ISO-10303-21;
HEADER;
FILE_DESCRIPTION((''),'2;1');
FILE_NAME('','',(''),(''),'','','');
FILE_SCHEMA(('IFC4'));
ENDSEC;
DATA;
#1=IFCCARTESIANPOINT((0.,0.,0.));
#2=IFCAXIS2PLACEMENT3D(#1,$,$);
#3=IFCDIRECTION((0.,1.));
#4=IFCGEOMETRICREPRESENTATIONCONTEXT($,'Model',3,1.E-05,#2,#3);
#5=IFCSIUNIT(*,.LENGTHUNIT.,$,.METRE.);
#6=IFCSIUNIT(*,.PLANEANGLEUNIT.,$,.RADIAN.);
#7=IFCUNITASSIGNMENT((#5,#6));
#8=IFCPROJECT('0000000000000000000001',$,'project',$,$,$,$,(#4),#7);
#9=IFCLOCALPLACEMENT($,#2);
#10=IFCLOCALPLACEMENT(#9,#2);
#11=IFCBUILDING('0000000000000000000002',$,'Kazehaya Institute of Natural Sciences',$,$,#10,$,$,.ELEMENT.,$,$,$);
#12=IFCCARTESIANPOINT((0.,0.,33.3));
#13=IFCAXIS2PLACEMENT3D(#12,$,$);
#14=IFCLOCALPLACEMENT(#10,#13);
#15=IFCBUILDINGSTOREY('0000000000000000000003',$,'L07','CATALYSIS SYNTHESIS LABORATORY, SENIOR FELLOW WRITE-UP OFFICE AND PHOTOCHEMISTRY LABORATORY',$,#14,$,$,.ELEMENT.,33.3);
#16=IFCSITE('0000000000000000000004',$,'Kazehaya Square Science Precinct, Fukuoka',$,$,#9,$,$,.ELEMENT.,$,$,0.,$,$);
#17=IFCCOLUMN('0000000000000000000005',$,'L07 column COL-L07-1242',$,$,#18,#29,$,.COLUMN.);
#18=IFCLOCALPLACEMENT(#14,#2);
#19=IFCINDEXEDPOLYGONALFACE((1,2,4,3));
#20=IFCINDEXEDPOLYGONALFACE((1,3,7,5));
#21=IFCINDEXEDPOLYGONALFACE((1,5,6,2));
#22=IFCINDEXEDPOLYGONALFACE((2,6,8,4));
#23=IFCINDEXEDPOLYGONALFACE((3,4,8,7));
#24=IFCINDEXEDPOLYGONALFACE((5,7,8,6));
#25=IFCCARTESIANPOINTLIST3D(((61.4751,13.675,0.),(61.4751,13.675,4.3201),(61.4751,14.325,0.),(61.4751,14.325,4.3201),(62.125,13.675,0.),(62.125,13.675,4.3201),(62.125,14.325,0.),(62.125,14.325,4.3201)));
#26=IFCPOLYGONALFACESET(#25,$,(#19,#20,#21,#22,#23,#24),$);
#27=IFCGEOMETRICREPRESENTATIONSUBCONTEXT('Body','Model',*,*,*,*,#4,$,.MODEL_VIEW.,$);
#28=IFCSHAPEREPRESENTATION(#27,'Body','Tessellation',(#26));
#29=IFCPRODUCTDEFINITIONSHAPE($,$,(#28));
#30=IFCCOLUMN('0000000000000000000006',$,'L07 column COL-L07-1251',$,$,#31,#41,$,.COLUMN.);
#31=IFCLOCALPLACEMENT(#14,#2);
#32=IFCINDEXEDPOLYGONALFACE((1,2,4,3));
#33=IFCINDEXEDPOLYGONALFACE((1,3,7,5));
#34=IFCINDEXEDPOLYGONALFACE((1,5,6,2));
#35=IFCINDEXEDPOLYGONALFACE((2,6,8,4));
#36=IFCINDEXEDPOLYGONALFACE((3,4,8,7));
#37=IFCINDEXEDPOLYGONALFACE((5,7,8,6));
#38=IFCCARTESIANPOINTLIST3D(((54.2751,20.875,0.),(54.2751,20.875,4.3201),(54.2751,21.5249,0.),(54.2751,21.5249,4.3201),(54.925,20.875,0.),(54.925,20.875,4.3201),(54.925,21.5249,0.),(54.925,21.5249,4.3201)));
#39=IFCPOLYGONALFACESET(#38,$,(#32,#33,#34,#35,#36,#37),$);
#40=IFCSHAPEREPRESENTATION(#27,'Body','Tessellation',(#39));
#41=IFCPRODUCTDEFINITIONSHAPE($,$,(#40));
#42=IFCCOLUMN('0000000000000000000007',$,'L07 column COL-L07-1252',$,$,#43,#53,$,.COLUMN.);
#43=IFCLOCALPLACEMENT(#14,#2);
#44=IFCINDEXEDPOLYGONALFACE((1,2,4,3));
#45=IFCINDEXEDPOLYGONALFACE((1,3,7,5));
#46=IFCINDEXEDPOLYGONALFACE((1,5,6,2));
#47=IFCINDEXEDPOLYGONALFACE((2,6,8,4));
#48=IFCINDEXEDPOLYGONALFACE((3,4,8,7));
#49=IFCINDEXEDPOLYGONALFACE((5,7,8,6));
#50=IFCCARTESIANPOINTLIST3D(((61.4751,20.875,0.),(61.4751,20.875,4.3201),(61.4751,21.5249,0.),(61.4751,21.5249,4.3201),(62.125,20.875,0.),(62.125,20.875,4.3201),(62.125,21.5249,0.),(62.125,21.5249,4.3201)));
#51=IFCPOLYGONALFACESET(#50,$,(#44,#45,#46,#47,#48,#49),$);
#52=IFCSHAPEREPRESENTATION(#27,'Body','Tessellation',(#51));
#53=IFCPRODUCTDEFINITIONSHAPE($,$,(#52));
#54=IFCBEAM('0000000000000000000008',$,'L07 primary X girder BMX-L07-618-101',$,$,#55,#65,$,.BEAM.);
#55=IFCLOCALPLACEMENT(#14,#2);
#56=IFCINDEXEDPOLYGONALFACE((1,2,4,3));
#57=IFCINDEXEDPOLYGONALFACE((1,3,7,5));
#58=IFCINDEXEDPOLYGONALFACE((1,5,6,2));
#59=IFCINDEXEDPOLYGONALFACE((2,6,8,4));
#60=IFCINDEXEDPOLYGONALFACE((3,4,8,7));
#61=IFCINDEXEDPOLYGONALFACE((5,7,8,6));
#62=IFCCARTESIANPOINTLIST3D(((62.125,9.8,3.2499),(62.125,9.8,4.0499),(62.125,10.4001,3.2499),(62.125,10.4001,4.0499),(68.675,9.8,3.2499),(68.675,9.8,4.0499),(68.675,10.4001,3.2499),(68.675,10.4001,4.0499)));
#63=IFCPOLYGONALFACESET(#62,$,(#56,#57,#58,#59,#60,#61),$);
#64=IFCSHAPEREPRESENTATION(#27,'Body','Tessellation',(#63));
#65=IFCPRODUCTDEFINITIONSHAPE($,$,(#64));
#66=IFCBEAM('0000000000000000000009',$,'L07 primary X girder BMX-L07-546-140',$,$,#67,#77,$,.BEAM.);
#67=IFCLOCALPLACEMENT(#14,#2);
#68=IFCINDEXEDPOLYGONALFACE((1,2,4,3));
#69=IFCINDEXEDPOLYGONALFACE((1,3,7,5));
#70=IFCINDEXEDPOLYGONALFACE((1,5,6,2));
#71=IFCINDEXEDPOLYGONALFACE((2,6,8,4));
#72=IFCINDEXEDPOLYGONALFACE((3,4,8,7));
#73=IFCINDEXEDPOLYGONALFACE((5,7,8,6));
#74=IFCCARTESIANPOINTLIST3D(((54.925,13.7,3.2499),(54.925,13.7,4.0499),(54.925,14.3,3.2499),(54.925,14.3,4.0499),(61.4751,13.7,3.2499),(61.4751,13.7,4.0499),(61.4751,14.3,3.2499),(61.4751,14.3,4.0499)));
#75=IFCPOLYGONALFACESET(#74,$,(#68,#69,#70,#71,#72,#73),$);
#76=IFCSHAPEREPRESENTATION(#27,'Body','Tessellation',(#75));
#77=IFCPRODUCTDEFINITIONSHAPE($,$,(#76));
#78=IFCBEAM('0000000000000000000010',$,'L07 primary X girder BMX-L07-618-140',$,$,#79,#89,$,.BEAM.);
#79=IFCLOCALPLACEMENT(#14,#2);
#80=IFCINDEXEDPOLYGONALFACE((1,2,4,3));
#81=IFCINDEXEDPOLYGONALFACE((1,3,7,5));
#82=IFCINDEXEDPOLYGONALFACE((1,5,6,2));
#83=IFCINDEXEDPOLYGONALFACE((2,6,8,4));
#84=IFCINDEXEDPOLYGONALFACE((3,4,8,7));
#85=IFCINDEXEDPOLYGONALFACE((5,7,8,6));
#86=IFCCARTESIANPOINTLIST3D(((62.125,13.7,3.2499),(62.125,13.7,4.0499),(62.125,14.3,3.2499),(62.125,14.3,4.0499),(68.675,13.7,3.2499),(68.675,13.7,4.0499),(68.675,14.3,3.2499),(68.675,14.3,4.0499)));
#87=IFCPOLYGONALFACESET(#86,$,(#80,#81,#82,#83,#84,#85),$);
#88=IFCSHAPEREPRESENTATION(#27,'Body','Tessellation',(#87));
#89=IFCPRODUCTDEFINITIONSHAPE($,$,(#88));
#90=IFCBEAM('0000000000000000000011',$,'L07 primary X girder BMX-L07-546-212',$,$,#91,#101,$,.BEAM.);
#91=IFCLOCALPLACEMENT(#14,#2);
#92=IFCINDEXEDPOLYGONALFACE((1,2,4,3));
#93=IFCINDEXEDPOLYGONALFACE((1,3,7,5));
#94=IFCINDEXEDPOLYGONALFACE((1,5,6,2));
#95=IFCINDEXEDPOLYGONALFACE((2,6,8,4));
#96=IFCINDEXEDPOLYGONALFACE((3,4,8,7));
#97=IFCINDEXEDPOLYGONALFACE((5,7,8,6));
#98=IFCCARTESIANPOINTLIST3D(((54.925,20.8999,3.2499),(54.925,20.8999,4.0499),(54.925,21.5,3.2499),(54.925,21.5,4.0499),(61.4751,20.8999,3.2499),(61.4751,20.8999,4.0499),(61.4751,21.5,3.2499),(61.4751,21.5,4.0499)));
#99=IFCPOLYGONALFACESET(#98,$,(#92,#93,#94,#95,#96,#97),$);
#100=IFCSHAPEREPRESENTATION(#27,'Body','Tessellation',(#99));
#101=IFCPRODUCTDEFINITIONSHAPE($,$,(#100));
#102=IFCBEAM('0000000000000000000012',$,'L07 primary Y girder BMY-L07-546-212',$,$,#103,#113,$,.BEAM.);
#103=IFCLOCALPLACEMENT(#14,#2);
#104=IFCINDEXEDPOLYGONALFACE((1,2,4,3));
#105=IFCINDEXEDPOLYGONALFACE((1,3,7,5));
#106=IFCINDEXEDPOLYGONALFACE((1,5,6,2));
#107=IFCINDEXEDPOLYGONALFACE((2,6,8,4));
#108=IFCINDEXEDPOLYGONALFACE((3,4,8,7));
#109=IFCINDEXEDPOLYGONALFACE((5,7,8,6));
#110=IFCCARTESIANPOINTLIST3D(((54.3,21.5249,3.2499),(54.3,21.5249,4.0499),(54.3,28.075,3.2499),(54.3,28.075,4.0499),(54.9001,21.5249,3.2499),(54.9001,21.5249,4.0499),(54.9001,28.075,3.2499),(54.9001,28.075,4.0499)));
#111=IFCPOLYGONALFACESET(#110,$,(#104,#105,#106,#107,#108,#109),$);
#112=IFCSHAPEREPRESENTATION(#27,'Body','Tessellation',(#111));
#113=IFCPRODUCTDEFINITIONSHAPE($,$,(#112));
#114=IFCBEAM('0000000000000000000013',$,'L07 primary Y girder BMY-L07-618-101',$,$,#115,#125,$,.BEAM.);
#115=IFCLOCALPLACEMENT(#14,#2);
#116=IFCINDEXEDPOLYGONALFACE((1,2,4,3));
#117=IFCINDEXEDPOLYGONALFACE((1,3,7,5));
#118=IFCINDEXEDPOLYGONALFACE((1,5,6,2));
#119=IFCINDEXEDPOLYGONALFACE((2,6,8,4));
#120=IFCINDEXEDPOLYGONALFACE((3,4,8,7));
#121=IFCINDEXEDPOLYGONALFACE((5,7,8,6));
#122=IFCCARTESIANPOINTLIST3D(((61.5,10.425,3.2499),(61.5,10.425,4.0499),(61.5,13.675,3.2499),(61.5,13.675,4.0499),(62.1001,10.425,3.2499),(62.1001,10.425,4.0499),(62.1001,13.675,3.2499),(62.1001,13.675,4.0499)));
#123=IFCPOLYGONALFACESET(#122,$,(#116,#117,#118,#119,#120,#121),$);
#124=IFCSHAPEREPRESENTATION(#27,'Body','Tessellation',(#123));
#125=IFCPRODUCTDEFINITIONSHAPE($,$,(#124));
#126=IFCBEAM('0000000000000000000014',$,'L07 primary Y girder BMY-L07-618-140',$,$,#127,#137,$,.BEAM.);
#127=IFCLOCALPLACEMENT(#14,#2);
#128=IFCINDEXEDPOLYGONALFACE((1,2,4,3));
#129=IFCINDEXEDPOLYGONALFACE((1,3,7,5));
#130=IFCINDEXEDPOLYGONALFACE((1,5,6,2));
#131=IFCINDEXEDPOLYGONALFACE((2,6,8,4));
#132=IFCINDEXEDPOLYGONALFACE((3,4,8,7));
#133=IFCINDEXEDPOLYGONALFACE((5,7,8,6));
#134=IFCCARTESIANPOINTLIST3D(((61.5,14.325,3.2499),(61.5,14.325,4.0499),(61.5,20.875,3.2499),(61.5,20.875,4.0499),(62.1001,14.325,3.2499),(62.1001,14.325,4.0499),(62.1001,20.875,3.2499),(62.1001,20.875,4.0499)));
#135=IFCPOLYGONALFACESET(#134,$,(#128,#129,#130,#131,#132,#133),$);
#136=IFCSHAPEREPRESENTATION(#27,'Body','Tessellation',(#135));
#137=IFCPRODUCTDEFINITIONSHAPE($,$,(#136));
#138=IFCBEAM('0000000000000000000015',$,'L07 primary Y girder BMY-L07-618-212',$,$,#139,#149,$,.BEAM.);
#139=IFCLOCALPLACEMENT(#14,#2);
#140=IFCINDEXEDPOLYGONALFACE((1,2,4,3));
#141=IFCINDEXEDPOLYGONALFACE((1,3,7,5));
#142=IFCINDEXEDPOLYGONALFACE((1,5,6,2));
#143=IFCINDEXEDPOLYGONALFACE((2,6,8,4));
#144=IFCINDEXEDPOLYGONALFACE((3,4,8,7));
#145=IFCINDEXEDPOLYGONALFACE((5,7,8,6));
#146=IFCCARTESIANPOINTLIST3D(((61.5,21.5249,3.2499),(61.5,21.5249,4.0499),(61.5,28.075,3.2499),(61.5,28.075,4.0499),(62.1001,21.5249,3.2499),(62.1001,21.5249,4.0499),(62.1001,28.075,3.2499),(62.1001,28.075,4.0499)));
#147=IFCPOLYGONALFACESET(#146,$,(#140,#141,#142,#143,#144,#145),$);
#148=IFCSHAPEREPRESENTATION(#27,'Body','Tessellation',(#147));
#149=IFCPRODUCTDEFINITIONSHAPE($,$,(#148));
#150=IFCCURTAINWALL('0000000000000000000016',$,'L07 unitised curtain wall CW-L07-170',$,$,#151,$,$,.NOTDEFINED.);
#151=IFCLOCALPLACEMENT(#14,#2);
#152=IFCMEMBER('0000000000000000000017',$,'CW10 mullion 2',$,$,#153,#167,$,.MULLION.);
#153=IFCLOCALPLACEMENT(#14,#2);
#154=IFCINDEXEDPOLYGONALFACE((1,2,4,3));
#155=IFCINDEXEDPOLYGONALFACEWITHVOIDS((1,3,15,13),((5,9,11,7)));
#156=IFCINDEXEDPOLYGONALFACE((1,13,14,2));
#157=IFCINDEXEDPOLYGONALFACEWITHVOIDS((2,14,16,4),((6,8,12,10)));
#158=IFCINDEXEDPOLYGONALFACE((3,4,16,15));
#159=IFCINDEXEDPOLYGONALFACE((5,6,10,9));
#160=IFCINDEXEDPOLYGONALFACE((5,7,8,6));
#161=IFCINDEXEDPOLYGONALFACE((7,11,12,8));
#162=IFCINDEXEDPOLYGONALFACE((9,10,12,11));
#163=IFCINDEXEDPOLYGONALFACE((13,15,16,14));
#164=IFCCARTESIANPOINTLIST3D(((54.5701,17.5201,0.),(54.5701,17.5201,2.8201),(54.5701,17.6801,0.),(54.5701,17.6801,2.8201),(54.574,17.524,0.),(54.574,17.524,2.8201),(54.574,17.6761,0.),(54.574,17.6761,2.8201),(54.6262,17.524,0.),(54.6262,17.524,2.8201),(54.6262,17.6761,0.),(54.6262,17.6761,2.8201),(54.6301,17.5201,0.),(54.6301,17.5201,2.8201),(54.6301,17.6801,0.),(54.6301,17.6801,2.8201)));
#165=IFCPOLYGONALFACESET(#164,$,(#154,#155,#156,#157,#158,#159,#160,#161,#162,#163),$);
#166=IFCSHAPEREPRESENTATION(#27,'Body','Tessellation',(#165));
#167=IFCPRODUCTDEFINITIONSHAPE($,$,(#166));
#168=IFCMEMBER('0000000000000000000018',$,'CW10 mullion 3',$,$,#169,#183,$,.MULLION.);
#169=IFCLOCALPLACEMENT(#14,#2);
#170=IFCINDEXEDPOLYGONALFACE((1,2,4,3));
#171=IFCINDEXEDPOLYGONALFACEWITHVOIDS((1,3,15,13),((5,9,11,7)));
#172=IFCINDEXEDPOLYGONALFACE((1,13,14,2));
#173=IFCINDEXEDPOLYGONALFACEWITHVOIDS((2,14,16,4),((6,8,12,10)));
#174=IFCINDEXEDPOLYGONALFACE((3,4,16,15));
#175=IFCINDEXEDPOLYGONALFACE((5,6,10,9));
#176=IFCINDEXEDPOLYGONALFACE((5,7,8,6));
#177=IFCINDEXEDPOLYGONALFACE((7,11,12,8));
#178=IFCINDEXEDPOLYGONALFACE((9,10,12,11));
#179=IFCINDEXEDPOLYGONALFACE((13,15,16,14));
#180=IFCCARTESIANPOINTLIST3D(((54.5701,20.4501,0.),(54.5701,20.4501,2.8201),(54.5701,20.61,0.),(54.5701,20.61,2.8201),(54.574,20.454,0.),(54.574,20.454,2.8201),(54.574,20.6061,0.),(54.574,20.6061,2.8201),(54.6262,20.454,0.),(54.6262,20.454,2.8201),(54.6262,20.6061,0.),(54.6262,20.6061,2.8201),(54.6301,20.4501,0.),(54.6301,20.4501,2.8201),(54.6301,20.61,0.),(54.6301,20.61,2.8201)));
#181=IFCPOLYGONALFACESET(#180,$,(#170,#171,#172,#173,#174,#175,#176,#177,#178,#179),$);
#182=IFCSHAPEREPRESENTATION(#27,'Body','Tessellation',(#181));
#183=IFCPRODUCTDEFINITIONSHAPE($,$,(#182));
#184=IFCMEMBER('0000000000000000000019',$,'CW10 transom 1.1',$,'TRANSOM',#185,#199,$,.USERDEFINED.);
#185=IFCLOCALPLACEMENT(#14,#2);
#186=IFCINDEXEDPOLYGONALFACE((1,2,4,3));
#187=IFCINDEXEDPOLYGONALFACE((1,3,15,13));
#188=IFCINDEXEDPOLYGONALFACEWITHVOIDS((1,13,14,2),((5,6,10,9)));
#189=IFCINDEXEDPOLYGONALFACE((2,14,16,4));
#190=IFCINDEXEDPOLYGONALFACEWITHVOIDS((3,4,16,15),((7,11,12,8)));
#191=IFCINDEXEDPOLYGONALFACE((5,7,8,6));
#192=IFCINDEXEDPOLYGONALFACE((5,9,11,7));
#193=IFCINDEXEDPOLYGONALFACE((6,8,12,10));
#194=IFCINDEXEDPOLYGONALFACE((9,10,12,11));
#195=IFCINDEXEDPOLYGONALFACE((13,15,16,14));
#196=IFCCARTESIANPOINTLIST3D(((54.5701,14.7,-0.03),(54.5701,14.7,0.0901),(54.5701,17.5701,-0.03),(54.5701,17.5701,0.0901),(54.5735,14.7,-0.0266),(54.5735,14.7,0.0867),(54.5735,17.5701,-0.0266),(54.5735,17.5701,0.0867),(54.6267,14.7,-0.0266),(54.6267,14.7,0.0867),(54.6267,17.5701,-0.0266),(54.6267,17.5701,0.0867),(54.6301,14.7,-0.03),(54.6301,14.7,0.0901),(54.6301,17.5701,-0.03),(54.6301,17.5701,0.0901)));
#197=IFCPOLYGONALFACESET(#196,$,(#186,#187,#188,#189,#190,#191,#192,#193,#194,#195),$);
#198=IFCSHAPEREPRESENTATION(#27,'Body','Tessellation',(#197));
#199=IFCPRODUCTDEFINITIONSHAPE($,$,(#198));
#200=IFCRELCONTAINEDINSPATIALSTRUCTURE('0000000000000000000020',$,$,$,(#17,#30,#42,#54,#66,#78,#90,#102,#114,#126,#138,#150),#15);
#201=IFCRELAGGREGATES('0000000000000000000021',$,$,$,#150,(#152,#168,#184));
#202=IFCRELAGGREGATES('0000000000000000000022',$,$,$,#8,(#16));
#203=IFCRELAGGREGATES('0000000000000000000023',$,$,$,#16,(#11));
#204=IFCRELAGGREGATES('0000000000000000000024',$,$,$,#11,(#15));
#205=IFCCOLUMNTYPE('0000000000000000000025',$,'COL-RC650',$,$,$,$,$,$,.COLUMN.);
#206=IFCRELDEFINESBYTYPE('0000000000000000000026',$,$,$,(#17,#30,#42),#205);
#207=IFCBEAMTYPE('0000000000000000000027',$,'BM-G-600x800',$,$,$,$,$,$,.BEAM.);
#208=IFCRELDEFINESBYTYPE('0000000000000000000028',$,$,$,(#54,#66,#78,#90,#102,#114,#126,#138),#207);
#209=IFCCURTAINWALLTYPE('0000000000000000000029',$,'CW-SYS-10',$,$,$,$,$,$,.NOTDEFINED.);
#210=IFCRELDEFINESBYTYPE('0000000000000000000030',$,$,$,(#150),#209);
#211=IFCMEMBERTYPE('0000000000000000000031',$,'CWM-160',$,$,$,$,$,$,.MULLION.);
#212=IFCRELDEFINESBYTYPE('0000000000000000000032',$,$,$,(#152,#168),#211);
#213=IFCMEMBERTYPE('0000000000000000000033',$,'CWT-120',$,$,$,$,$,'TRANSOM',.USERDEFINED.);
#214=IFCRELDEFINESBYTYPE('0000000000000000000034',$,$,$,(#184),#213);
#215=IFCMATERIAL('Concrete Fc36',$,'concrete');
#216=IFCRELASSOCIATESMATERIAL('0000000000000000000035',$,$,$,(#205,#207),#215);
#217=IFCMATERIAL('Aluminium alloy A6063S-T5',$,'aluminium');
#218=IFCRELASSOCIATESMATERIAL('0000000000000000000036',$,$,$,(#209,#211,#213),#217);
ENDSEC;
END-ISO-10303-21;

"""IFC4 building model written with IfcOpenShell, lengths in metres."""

from ifc_helpers import new_model, si_unit, direction, frame, origin, origin_2d, place, context, subcontext, project, spatial, rectangle, hollow_rectangle, extrude, material, material_profile, profile_set, type_object, element, aggregate, save


model = new_model("IFC4")

# Units and contexts
model_context = context("Model", 3, precision=1e-05, world=origin(), true_north=direction((0.0, 1.0)))
body_context = subcontext(model_context, "Body", "Model", "MODEL_VIEW")
ifc_project = project(units=[si_unit("LENGTHUNIT", "METRE"), si_unit("PLANEANGLEUNIT", "RADIAN")], contexts=[model_context])

# Site, building, storey
site_placement = place(None, origin())
site = spatial("IfcSite", under=ifc_project, at=site_placement, Name="Kazehaya Square Science Precinct, Fukuoka", CompositionType="ELEMENT", RefElevation=0.0)
building_placement = place(site_placement, origin())
building = spatial("IfcBuilding", under=site, at=building_placement, Name="Kazehaya Institute of Natural Sciences", CompositionType="ELEMENT")
storey_placement = place(building_placement, frame((0.0, 0.0, 33.3)))
storey = spatial("IfcBuildingStorey", under=building, at=storey_placement, Name="L07", Description="CATALYSIS SYNTHESIS LABORATORY, SENIOR FELLOW WRITE-UP OFFICE AND PHOTOCHEMISTRY LABORATORY", CompositionType="ELEMENT", Elevation=33.3)

# Columns
ifc_material_1 = material(Name="Concrete Fc36", Category="concrete")
ifc_material_profile_1 = material_profile(ifc_material_1, rectangle(XDim=0.6499, YDim=0.6499, at=origin_2d()), Name="RC-650x650")
ifc_profile_set_1 = profile_set([ifc_material_profile_1], Name="Concrete Fc36")
column_type = type_object("IfcColumnType", Name="COL-RC650", PredefinedType="COLUMN", material=ifc_profile_set_1)
for number, where, z_axis, x_axis, name in (
    (1, (61.8, 14.0, 0.0), (0.0, 0.0, 1.0), (1.0, 0.0, 0.0), "L07 column COL-L07-1242"),
    (2, (54.6001, 21.2, 0.0), (0.0, 0.0, 1.0), (1.0, 0.0, 0.0), "L07 column COL-L07-1251"),
    (3, (61.8, 21.2, 0.0), (0.0, 0.0, 1.0), (1.0, 0.0, 0.0), "L07 column COL-L07-1252"),
):
    element("IfcColumn", number, at=place(storey_placement, frame(where, z_axis=z_axis, x_axis=x_axis)), inside=storey, type_object=column_type, Name=name, PredefinedType="COLUMN", context=body_context, shape_type="SweptSolid", body=[
        extrude(rectangle(XDim=0.6499, YDim=0.6499, at=origin_2d()), origin(), (0.0, 0.0, 1.0), 4.3201),
    ])

# Beams
ifc_material_profile_2 = material_profile(ifc_material_1, rectangle(XDim=0.6001, YDim=0.8, at=origin_2d()), Name="RC-600x800")
ifc_profile_set_2 = profile_set([ifc_material_profile_2], Name="Concrete Fc36")
beam_type = type_object("IfcBeamType", Name="BM-G-600x800", PredefinedType="BEAM", material=ifc_profile_set_2)
for number, where, z_axis, x_axis, name in (
    (4, (62.125, 10.1001, 3.6499), (1.0, 0.0, 0.0), (0.0, 1.0, 0.0), "L07 primary X girder BMX-L07-618-101"),
    (5, (54.925, 14.0, 3.6499), (1.0, 0.0, 0.0), (0.0, 1.0, 0.0), "L07 primary X girder BMX-L07-546-140"),
    (6, (62.125, 14.0, 3.6499), (1.0, 0.0, 0.0), (0.0, 1.0, 0.0), "L07 primary X girder BMX-L07-618-140"),
    (7, (54.925, 21.2, 3.6499), (1.0, 0.0, 0.0), (0.0, 1.0, 0.0), "L07 primary X girder BMX-L07-546-212"),
    (8, (54.6001, 21.5249, 3.6499), (0.0, 1.0, 0.0), (-1.0, 0.0, 0.0), "L07 primary Y girder BMY-L07-546-212"),
):
    element("IfcBeam", number, at=place(storey_placement, frame(where, z_axis=z_axis, x_axis=x_axis)), inside=storey, type_object=beam_type, Name=name, PredefinedType="BEAM", context=body_context, shape_type="SweptSolid", body=[
        extrude(rectangle(XDim=0.6001, YDim=0.8, at=origin_2d()), origin(), (0.0, 0.0, 1.0), 6.55),
    ])
beam_placement = place(storey_placement, frame((61.8, 10.425, 3.6499), z_axis=(0.0, 1.0, 0.0), x_axis=(-1.0, 0.0, 0.0)))
element("IfcBeam", 9, at=beam_placement, inside=storey, type_object=beam_type, Name="L07 primary Y girder BMY-L07-618-101", PredefinedType="BEAM", context=body_context, shape_type="SweptSolid", body=[
    extrude(rectangle(XDim=0.6001, YDim=0.8, at=origin_2d()), origin(), (0.0, 0.0, 1.0), 3.25),
])
for number, where, z_axis, x_axis, name in (
    (10, (61.8, 14.325, 3.6499), (0.0, 1.0, 0.0), (-1.0, 0.0, 0.0), "L07 primary Y girder BMY-L07-618-140"),
    (11, (61.8, 21.5249, 3.6499), (0.0, 1.0, 0.0), (-1.0, 0.0, 0.0), "L07 primary Y girder BMY-L07-618-212"),
):
    element("IfcBeam", number, at=place(storey_placement, frame(where, z_axis=z_axis, x_axis=x_axis)), inside=storey, type_object=beam_type, Name=name, PredefinedType="BEAM", context=body_context, shape_type="SweptSolid", body=[
        extrude(rectangle(XDim=0.6001, YDim=0.8, at=origin_2d()), origin(), (0.0, 0.0, 1.0), 6.55),
    ])

# Curtain wall, members
ifc_material_2 = material(Name="Aluminium alloy A6063S-T5", Category="aluminium")
curtain_wall_type = type_object("IfcCurtainWallType", Name="CW-SYS-10", PredefinedType="NOTDEFINED", material=ifc_material_2)
curtain_wall_placement = place(storey_placement, origin())
curtain_wall = element("IfcCurtainWall", 12, at=curtain_wall_placement, inside=storey, type_object=curtain_wall_type, Name="L07 unitised curtain wall CW-L07-170", PredefinedType="NOTDEFINED")
ifc_material_profile_3 = material_profile(ifc_material_2, hollow_rectangle(XDim=0.0601, YDim=0.1599, WallThickness=0.0039, at=origin_2d()), Name="ALU-60x160x4")
ifc_profile_set_3 = profile_set([ifc_material_profile_3], Name="Aluminium alloy A6063S-T5")
member_type_1 = type_object("IfcMemberType", Name="CWM-160", PredefinedType="MULLION", material=ifc_profile_set_3)
member_1_placement = place(storey_placement, frame((54.6001, 17.6001, 0.0), z_axis=(0.0, 0.0, 1.0), x_axis=(-1.0, 0.0, 0.0)))
member_1 = element("IfcMember", 13, at=member_1_placement, type_object=member_type_1, Name="CW10 mullion 2", PredefinedType="MULLION", context=body_context, shape_type="SweptSolid", body=[
    extrude(hollow_rectangle(XDim=0.0601, YDim=0.1599, WallThickness=0.0039, at=origin_2d()), origin(), (0.0, 0.0, 1.0), 2.8201),
])
member_2_placement = place(storey_placement, frame((54.6001, 20.53, 0.0), z_axis=(0.0, 0.0, 1.0), x_axis=(-1.0, 0.0, 0.0)))
member_2 = element("IfcMember", 14, at=member_2_placement, type_object=member_type_1, Name="CW10 mullion 3", PredefinedType="MULLION", context=body_context, shape_type="SweptSolid", body=[
    extrude(hollow_rectangle(XDim=0.0601, YDim=0.1599, WallThickness=0.0039, at=origin_2d()), origin(), (0.0, 0.0, 1.0), 2.8201),
])
ifc_material_profile_4 = material_profile(ifc_material_2, hollow_rectangle(XDim=0.0601, YDim=0.1201, WallThickness=0.0034, at=origin_2d()), Name="ALU-60x120x3.5")
ifc_profile_set_4 = profile_set([ifc_material_profile_4], Name="Aluminium alloy A6063S-T5")
member_type_2 = type_object("IfcMemberType", Name="CWT-120", ElementType="TRANSOM", PredefinedType="USERDEFINED", material=ifc_profile_set_4)
member_3_placement = place(storey_placement, frame((54.6001, 14.7, 0.03), z_axis=(0.0, 1.0, 0.0), x_axis=(-1.0, 0.0, 0.0)))
member_3 = element("IfcMember", 15, at=member_3_placement, type_object=member_type_2, Name="CW10 transom 1.1", ObjectType="TRANSOM", PredefinedType="USERDEFINED", context=body_context, shape_type="SweptSolid", body=[
    extrude(hollow_rectangle(XDim=0.0601, YDim=0.1201, WallThickness=0.0034, at=origin_2d()), origin(), (0.0, 0.0, 1.0), 2.8701),
])
aggregate(curtain_wall, [member_1, member_2, member_3])

save(model, "model.ifc")
